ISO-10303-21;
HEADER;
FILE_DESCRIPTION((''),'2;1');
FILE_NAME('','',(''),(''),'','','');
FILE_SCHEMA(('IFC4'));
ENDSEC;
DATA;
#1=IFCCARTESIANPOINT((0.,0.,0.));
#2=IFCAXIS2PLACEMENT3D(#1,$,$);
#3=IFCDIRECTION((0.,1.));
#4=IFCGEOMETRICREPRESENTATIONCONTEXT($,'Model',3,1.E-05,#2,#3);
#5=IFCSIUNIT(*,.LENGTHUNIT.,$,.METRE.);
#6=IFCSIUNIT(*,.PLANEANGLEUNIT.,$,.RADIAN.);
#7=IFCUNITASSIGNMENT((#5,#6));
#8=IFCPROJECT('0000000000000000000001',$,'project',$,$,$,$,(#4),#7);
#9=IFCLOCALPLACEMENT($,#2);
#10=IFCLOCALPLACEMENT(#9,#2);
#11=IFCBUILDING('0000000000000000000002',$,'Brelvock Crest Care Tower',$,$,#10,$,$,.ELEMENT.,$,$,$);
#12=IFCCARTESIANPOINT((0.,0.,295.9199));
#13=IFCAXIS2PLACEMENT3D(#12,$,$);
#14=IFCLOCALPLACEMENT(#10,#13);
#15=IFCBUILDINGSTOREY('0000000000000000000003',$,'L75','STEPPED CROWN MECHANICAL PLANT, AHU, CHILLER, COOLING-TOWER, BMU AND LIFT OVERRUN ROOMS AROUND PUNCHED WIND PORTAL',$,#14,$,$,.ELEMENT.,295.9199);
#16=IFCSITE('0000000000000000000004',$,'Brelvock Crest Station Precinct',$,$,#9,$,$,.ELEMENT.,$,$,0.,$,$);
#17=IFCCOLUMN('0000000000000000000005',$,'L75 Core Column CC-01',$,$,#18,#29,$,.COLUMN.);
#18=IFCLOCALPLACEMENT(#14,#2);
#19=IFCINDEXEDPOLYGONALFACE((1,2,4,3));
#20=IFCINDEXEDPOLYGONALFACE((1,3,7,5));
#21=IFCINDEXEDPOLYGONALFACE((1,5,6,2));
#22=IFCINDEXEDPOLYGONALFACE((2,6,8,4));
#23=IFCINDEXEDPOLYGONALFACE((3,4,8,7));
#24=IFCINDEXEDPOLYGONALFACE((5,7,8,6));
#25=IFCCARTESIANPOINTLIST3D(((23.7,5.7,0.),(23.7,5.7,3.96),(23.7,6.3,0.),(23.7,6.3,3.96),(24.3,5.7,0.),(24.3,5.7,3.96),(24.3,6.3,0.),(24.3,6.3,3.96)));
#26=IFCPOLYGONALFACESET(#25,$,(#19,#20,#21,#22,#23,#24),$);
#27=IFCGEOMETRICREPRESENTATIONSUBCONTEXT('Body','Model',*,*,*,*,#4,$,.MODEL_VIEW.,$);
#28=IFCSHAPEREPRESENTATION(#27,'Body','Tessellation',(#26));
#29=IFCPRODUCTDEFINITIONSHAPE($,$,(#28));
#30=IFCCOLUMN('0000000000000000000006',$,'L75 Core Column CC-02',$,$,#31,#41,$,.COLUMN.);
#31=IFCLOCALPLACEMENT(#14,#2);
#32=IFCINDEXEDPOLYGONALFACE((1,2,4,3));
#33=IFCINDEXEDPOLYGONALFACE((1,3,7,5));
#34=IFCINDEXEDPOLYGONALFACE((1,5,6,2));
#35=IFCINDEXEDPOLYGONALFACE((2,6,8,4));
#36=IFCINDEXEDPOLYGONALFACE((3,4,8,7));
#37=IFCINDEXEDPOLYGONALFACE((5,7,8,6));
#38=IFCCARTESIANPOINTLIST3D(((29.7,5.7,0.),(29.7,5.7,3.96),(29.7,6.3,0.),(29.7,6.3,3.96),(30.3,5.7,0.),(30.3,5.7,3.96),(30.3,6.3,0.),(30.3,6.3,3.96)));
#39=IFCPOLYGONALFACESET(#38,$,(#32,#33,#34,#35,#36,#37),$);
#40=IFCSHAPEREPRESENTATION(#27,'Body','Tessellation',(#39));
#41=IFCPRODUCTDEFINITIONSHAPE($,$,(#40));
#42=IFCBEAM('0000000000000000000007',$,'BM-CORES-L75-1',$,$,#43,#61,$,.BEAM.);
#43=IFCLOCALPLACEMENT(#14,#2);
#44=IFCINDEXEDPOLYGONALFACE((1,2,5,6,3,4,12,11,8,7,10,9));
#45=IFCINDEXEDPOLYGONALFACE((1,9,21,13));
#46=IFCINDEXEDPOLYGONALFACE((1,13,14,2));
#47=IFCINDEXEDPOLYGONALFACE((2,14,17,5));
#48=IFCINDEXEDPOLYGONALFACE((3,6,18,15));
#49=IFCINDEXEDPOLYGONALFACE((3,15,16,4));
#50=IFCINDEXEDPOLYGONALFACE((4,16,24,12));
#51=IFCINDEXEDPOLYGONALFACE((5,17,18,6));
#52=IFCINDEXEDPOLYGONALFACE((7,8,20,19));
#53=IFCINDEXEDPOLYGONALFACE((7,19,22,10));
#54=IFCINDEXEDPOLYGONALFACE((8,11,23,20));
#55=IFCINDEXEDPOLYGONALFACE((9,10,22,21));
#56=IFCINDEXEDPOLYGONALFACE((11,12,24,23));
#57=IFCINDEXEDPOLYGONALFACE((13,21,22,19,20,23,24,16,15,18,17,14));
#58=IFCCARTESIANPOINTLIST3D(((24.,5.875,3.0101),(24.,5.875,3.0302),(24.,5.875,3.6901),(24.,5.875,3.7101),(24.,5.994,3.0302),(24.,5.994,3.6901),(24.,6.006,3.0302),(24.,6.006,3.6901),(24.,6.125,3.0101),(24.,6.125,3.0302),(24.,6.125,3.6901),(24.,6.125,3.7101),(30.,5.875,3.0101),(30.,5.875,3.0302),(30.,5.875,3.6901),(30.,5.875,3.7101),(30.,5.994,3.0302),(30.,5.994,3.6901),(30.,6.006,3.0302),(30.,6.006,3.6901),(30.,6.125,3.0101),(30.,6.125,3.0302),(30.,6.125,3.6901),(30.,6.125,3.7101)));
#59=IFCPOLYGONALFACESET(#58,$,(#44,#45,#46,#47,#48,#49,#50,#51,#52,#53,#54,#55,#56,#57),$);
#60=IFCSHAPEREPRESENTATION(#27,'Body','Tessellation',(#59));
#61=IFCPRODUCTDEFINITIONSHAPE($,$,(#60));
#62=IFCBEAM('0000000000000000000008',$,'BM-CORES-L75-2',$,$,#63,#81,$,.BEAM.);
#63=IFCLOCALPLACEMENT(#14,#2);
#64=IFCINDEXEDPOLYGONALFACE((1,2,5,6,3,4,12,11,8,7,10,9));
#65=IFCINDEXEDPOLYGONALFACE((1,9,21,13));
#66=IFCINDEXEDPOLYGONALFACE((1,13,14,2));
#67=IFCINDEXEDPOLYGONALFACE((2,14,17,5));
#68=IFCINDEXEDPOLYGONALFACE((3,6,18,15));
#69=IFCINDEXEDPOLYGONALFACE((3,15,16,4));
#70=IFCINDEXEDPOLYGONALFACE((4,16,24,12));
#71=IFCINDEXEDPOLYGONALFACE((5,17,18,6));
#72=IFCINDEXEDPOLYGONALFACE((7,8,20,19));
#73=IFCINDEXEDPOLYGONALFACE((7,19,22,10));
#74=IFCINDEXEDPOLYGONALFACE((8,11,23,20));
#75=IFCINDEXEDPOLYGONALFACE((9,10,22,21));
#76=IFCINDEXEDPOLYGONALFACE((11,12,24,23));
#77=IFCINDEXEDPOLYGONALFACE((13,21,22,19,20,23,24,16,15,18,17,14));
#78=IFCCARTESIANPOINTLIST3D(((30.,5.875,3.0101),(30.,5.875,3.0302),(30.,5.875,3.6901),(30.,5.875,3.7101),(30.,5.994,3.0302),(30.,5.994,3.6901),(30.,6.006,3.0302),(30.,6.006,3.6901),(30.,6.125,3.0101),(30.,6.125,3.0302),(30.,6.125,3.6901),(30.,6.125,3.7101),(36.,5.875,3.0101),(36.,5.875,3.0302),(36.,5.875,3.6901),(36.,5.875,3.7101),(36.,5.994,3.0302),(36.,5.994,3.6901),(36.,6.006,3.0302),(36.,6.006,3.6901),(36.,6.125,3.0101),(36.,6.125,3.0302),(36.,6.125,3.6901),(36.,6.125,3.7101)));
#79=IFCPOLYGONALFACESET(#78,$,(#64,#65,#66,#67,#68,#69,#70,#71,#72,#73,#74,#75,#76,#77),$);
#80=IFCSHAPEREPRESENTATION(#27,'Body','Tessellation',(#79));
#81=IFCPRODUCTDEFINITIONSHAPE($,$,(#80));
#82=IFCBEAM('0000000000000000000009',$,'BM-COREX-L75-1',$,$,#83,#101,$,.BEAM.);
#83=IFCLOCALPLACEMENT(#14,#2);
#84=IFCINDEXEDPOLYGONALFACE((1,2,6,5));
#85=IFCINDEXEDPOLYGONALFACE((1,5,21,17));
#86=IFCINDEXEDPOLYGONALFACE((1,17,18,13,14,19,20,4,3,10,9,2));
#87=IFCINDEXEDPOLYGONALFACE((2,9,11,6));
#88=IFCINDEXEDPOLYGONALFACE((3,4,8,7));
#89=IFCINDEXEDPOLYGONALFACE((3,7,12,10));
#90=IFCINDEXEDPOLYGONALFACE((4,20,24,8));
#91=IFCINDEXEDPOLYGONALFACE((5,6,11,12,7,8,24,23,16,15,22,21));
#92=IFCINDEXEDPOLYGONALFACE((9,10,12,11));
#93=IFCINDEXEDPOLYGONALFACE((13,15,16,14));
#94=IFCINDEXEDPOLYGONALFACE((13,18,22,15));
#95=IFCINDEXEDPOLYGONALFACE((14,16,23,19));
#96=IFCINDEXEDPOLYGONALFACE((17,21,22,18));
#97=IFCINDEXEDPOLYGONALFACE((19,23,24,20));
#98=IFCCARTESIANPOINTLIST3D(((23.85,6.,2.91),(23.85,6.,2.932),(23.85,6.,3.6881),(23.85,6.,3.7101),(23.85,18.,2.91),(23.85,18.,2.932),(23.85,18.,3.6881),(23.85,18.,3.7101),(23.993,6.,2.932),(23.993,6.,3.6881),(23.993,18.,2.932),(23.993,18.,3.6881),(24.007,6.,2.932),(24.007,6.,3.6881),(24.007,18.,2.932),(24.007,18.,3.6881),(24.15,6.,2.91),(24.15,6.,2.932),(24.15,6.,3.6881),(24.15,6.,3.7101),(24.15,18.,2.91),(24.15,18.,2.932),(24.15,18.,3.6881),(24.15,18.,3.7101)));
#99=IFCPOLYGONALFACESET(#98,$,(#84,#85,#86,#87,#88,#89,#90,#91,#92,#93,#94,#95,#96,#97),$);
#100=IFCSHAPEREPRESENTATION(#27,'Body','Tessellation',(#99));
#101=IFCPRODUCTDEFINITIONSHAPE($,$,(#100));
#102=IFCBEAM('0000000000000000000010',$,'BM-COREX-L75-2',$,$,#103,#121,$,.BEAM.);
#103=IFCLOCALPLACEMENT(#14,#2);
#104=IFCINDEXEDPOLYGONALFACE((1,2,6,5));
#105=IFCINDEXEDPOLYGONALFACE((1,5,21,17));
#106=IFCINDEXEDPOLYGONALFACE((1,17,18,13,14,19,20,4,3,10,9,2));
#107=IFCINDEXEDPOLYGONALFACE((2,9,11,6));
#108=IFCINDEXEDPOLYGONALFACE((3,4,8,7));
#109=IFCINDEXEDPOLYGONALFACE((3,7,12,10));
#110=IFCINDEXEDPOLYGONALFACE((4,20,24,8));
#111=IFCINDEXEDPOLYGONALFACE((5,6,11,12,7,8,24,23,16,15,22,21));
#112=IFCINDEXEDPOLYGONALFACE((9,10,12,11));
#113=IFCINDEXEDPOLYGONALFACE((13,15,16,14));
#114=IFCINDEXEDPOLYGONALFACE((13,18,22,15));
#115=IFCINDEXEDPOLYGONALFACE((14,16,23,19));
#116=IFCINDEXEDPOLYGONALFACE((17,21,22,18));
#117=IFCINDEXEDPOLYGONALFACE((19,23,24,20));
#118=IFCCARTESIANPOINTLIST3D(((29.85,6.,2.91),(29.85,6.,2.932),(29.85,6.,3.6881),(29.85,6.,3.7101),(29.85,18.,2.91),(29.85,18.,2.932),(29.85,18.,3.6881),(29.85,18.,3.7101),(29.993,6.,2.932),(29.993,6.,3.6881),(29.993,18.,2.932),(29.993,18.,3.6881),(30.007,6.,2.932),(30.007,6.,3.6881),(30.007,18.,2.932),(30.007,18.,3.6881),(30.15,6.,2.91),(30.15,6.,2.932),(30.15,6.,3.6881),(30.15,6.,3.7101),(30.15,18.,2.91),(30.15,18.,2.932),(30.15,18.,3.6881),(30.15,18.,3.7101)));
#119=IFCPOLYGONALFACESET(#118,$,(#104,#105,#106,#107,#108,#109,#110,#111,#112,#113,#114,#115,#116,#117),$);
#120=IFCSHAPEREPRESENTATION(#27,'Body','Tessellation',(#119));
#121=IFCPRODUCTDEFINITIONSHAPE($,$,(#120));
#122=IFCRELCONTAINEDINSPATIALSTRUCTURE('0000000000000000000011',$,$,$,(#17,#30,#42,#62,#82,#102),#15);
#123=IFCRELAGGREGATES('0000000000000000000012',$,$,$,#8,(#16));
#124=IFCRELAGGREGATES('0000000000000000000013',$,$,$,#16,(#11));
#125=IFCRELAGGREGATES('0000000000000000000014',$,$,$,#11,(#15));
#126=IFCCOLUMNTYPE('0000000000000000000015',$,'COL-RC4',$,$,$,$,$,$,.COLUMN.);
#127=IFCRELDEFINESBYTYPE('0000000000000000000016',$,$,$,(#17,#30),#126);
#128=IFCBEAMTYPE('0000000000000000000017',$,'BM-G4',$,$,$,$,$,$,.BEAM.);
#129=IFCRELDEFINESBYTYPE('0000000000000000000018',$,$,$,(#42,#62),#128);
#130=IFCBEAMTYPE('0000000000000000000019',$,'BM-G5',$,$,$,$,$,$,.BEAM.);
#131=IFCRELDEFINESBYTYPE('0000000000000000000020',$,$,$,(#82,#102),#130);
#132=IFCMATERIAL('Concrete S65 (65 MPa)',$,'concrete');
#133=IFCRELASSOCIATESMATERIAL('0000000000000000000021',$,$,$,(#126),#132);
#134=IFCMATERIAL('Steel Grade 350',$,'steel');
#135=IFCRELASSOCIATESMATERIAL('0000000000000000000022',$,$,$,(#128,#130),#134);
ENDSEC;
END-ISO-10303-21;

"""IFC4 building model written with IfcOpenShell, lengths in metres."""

from ifc_helpers import new_model, si_unit, direction, frame, origin, origin_2d, place, context, subcontext, project, spatial, rectangle, i_section, extrude, source, transform, mapped, material, material_profile, profile_set, type_object, element, save


model = new_model("IFC4")

# Units and contexts
model_context = context("Model", 3, precision=1e-05, world=origin(), true_north=direction((0.0, 1.0)))
body_context = subcontext(model_context, "Body", "Model", "MODEL_VIEW")
ifc_project = project(units=[si_unit("LENGTHUNIT", "METRE"), si_unit("PLANEANGLEUNIT", "RADIAN")], contexts=[model_context])

# Site, building, storey
site_placement = place(None, origin())
site = spatial("IfcSite", under=ifc_project, at=site_placement, Name="Brelvock Crest Station Precinct", CompositionType="ELEMENT", RefElevation=0.0)
building_placement = place(site_placement, origin())
building = spatial("IfcBuilding", under=site, at=building_placement, Name="Brelvock Crest Care Tower", CompositionType="ELEMENT")
storey_placement = place(building_placement, frame((0.0, 0.0, 295.9199)))
storey = spatial("IfcBuildingStorey", under=building, at=storey_placement, Name="L75", Description="STEPPED CROWN MECHANICAL PLANT, AHU, CHILLER, COOLING-TOWER, BMU AND LIFT OVERRUN ROOMS AROUND PUNCHED WIND PORTAL", CompositionType="ELEMENT", Elevation=295.9199)

# Columns
ifc_material_1 = material(Name="Concrete S65 (65 MPa)", Category="concrete")
ifc_material_profile_1 = material_profile(ifc_material_1, rectangle(XDim=0.6001, YDim=0.6001, at=origin_2d()), Name="RC600x600")
ifc_profile_set_1 = profile_set([ifc_material_profile_1], Name="Concrete S65 (65 MPa)")
column_type = type_object("IfcColumnType", Name="COL-RC4", PredefinedType="COLUMN", material=ifc_profile_set_1)
shared_shape_1 = source(origin(), body_context, "Body", "SweptSolid", [
    extrude(rectangle(XDim=0.6001, YDim=0.6001, at=origin_2d()), origin(), (0.0, 0.0, 1.0), 3.96),
])
for number, where, z_axis, x_axis, name in (
    (1, (24.0, 6.0, 0.0), (0.0, 0.0, 1.0), (1.0, 0.0, 0.0), "L75 Core Column CC-01"),
    (2, (30.0, 6.0, 0.0), (0.0, 0.0, 1.0), (1.0, 0.0, 0.0), "L75 Core Column CC-02"),
):
    element("IfcColumn", number, at=place(storey_placement, frame(where, z_axis=z_axis, x_axis=x_axis)), inside=storey, type_object=column_type, Name=name, PredefinedType="COLUMN", context=body_context, shape_type="MappedRepresentation", body=[
        mapped(shared_shape_1, transform((0.0, 0.0, 0.0), x_axis=(1.0, 0.0, 0.0), y_axis=(0.0, 1.0, 0.0), z_axis=(0.0, 0.0, 1.0), scale=1.0)),
    ])

# Beams
ifc_material_2 = material(Name="Steel Grade 350", Category="steel")
ifc_material_profile_2 = material_profile(ifc_material_2, i_section(OverallWidth=0.25, OverallDepth=0.7, WebThickness=0.012, FlangeThickness=0.02, at=origin_2d()), Name="700WB150")
ifc_profile_set_2 = profile_set([ifc_material_profile_2], Name="Steel Grade 350")
beam_type_1 = type_object("IfcBeamType", Name="BM-G4", PredefinedType="BEAM", material=ifc_profile_set_2)
shared_shape_2 = source(origin(), body_context, "Body", "SweptSolid", [
    extrude(i_section(OverallWidth=0.25, OverallDepth=0.7, WebThickness=0.012, FlangeThickness=0.02, at=origin_2d()), origin(), (0.0, 0.0, 1.0), 6.0),
])
for number, where, z_axis, x_axis, name in (
    (3, (24.0, 6.0, 3.3601), (1.0, 0.0, 0.0), (0.0, 1.0, 0.0), "BM-CORES-L75-1"),
    (4, (30.0, 6.0, 3.3601), (1.0, 0.0, 0.0), (0.0, 1.0, 0.0), "BM-CORES-L75-2"),
):
    element("IfcBeam", number, at=place(storey_placement, frame(where, z_axis=z_axis, x_axis=x_axis)), inside=storey, type_object=beam_type_1, Name=name, PredefinedType="BEAM", context=body_context, shape_type="MappedRepresentation", body=[
        mapped(shared_shape_2, transform((0.0, 0.0, 0.0), x_axis=(1.0, 0.0, 0.0), y_axis=(0.0, 1.0, 0.0), z_axis=(0.0, 0.0, 1.0), scale=1.0)),
    ])
ifc_material_profile_3 = material_profile(ifc_material_2, i_section(OverallWidth=0.3, OverallDepth=0.8, WebThickness=0.0139, FlangeThickness=0.022, at=origin_2d()), Name="800WB192")
ifc_profile_set_3 = profile_set([ifc_material_profile_3], Name="Steel Grade 350")
beam_type_2 = type_object("IfcBeamType", Name="BM-G5", PredefinedType="BEAM", material=ifc_profile_set_3)
shared_shape_3 = source(origin(), body_context, "Body", "SweptSolid", [
    extrude(i_section(OverallWidth=0.3, OverallDepth=0.8, WebThickness=0.0139, FlangeThickness=0.022, at=origin_2d()), origin(), (0.0, 0.0, 1.0), 12.0),
])
for number, where, z_axis, x_axis, name in (
    (5, (24.0, 6.0, 3.3101), (0.0, 1.0, 0.0), (-1.0, 0.0, 0.0), "BM-COREX-L75-1"),
    (6, (30.0, 6.0, 3.3101), (0.0, 1.0, 0.0), (-1.0, 0.0, 0.0), "BM-COREX-L75-2"),
):
    element("IfcBeam", number, at=place(storey_placement, frame(where, z_axis=z_axis, x_axis=x_axis)), inside=storey, type_object=beam_type_2, Name=name, PredefinedType="BEAM", context=body_context, shape_type="MappedRepresentation", body=[
        mapped(shared_shape_3, transform((0.0, 0.0, 0.0), x_axis=(1.0, 0.0, 0.0), y_axis=(0.0, 1.0, 0.0), z_axis=(0.0, 0.0, 1.0), scale=1.0)),
    ])

save(model, "model.ifc")
